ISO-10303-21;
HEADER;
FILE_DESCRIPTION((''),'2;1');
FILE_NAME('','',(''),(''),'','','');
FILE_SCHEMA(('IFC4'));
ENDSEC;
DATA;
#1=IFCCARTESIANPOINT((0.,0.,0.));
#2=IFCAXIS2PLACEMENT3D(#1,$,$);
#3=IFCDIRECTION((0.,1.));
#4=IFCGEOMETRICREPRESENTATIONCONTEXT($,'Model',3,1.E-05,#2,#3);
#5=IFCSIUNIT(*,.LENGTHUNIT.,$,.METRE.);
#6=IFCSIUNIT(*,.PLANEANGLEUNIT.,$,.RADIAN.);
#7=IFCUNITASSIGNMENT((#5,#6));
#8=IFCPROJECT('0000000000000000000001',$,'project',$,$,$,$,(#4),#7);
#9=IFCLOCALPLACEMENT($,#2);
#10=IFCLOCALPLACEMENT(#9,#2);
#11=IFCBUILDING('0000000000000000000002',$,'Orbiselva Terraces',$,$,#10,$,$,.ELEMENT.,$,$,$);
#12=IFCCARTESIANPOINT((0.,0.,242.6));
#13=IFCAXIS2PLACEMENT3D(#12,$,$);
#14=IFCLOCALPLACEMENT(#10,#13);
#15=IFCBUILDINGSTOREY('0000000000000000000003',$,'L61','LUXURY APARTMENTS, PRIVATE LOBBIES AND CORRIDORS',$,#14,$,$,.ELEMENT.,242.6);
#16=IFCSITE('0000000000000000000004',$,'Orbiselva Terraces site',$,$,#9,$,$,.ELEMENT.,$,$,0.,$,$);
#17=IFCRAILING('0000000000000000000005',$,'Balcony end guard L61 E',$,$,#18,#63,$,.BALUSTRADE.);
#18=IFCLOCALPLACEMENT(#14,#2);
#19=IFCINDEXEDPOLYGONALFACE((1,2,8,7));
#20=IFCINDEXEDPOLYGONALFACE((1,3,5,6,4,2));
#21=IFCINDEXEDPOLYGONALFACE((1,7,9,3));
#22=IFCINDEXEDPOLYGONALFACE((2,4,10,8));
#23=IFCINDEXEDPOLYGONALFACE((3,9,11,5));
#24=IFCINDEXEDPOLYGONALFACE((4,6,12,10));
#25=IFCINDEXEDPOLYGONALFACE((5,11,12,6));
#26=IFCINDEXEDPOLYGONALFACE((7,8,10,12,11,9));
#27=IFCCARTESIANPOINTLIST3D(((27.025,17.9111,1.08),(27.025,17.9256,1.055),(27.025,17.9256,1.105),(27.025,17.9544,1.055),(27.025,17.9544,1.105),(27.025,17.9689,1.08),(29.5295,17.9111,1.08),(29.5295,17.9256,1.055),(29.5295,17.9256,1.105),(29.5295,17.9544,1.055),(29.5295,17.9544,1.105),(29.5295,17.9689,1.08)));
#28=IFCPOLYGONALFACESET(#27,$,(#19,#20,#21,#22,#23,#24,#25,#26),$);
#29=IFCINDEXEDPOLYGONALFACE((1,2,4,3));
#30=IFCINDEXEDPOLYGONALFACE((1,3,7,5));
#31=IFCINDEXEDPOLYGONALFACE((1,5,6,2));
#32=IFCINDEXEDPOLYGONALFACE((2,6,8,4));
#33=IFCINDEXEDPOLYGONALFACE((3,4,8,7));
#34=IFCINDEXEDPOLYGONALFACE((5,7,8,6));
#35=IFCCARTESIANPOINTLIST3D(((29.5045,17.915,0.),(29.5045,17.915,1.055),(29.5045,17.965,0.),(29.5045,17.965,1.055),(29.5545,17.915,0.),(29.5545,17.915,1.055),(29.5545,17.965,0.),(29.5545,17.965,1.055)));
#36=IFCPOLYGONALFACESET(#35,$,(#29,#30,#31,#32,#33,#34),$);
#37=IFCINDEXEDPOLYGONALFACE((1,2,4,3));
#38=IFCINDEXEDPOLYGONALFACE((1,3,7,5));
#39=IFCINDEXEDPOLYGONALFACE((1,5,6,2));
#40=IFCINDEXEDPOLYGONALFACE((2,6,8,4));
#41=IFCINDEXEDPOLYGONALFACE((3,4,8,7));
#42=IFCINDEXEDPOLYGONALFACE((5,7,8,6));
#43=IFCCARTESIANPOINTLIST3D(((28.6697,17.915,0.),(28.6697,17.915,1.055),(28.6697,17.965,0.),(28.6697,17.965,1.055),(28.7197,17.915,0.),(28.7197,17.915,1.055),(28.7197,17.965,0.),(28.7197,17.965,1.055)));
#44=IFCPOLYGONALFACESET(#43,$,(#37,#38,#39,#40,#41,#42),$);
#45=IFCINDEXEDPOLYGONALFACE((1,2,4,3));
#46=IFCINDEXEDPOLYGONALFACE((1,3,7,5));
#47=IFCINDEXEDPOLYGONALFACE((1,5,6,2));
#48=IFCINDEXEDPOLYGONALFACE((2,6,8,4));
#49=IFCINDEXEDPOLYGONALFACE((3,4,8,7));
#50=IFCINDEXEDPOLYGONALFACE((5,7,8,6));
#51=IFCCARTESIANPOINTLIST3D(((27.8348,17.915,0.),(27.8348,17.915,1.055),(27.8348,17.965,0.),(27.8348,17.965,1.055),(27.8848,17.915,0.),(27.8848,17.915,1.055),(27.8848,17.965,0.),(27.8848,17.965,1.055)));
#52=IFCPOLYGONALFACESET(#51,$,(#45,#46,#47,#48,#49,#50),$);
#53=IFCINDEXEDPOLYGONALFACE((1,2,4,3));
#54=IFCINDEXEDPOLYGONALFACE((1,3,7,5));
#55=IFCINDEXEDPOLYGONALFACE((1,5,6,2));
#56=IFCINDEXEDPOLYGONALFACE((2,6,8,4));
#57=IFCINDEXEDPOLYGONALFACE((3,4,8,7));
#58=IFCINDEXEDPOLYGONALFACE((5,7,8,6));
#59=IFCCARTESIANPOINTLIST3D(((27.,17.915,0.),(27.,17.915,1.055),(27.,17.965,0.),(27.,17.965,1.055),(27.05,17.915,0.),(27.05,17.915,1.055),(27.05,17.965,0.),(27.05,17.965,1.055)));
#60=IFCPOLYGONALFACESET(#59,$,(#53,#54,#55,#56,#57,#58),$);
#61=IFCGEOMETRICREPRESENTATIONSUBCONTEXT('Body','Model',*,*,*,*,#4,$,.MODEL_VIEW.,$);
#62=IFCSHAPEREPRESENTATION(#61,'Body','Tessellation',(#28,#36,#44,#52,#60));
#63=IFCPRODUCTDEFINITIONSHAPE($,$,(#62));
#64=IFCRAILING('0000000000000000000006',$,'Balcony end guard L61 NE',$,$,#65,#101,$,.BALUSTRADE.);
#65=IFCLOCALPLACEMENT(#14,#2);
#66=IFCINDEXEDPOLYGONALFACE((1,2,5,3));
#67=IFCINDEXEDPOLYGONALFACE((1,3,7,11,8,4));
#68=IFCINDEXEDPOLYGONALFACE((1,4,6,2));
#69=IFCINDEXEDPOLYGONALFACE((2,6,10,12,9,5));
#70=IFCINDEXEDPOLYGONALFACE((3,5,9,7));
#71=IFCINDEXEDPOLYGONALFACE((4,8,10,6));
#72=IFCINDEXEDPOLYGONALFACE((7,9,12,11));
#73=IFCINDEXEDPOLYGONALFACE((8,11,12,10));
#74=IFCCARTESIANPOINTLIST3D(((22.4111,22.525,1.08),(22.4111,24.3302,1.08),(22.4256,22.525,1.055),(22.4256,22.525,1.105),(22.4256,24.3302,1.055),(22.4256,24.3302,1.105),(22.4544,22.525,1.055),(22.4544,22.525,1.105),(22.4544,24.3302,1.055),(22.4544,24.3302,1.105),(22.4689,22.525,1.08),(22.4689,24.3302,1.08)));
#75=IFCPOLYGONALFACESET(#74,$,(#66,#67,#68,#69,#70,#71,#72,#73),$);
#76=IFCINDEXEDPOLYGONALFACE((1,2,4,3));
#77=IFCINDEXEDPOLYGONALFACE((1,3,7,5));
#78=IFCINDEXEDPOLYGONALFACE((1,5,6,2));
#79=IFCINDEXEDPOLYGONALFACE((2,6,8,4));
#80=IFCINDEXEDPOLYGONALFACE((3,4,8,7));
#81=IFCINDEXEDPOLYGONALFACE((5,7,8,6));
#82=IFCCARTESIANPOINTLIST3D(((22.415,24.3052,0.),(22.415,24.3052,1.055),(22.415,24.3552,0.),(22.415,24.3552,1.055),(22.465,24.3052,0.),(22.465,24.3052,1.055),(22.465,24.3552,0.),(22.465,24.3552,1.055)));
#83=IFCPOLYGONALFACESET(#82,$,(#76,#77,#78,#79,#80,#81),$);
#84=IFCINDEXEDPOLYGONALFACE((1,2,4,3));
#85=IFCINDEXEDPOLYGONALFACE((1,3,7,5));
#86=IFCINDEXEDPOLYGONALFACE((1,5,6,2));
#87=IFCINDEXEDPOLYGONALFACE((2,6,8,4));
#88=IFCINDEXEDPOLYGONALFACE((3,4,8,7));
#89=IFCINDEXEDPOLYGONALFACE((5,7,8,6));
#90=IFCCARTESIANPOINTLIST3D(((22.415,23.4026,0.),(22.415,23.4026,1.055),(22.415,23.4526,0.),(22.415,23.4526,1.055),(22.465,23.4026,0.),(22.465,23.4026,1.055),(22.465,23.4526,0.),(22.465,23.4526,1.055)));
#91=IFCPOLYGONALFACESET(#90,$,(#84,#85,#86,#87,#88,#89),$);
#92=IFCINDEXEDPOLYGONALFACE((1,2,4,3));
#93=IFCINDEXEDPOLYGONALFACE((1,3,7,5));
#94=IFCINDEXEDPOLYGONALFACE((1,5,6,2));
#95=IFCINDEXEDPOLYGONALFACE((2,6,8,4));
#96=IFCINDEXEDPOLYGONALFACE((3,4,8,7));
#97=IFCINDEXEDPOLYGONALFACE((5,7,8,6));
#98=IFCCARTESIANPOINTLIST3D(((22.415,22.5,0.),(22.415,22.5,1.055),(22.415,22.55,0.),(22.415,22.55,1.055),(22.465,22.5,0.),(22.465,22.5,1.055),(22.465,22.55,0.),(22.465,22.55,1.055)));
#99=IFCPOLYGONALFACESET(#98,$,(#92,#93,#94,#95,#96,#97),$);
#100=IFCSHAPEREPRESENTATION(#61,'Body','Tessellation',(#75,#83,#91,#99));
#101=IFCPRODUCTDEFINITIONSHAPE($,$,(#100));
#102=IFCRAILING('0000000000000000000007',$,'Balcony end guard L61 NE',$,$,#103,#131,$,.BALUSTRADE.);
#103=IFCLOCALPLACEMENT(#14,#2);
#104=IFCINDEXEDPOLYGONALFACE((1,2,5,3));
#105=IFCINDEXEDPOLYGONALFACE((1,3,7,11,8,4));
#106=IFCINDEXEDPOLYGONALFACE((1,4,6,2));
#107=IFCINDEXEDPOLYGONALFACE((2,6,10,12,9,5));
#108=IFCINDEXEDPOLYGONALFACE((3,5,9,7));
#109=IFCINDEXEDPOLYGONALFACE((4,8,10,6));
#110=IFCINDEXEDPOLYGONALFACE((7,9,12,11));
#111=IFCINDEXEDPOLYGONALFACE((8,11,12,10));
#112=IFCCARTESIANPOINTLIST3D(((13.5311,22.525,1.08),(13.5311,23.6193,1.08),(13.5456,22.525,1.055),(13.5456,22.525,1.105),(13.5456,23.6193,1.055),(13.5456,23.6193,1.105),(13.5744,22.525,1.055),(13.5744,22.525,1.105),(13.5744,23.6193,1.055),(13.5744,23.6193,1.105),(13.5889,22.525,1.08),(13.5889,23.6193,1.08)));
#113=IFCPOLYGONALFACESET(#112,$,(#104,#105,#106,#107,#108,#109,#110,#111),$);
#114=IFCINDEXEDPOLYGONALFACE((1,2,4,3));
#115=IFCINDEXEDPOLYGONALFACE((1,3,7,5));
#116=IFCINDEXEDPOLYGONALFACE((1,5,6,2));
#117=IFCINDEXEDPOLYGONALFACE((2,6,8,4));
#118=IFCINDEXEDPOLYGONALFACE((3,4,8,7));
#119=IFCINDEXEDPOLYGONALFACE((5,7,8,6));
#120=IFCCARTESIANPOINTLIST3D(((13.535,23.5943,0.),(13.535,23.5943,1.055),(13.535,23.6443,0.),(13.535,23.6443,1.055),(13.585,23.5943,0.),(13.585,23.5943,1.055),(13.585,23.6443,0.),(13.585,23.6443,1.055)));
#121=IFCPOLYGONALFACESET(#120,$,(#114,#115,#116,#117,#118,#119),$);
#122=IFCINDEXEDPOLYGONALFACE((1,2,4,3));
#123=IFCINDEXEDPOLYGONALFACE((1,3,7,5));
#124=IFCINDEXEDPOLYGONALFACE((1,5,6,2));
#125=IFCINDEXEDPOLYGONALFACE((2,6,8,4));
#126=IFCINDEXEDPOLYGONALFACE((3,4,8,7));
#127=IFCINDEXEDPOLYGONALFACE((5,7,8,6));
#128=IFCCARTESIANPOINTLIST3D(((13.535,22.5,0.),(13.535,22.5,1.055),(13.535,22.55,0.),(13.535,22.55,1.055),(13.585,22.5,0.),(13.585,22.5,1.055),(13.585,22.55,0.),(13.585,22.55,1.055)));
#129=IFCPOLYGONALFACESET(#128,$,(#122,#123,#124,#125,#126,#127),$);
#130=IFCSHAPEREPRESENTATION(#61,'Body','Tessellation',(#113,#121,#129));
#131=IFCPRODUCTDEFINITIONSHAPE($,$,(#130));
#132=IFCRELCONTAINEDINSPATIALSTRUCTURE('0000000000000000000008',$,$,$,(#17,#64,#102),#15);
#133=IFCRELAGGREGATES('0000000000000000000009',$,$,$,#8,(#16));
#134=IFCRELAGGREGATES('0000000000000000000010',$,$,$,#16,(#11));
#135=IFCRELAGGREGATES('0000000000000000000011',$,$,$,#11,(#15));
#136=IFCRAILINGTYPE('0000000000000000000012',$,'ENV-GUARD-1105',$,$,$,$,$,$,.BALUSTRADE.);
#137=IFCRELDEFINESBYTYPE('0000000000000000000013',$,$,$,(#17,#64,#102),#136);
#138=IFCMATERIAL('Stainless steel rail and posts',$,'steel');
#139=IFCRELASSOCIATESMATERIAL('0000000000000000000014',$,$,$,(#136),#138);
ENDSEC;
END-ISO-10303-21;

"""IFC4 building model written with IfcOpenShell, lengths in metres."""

from ifc_helpers import new_model, si_unit, direction, frame, origin, origin_2d, place, context, subcontext, project, spatial, polyline, rectangle, outline, extrude, material, type_object, element, save


model = new_model("IFC4")

# Units and contexts
model_context = context("Model", 3, precision=1e-05, world=origin(), true_north=direction((0.0, 1.0)))
body_context = subcontext(model_context, "Body", "Model", "MODEL_VIEW")
ifc_project = project(units=[si_unit("LENGTHUNIT", "METRE"), si_unit("PLANEANGLEUNIT", "RADIAN")], contexts=[model_context])

# Site, building, storey
site_placement = place(None, origin())
site = spatial("IfcSite", under=ifc_project, at=site_placement, Name="Orbiselva Terraces site", CompositionType="ELEMENT", RefElevation=0.0)
building_placement = place(site_placement, origin())
building = spatial("IfcBuilding", under=site, at=building_placement, Name="Orbiselva Terraces", CompositionType="ELEMENT")
storey_placement = place(building_placement, frame((0.0, 0.0, 242.6)))
storey = spatial("IfcBuildingStorey", under=building, at=storey_placement, Name="L61", Description="LUXURY APARTMENTS, PRIVATE LOBBIES AND CORRIDORS", CompositionType="ELEMENT", Elevation=242.6)

# Railings
ifc_material_1 = material(Name="Stainless steel rail and posts", Category="steel")
railing_type_1 = type_object("IfcRailingType", Name="ENV-GUARD-1105", PredefinedType="BALUSTRADE", material=ifc_material_1)
railing_1_placement = place(storey_placement, frame((29.5295, 17.94, 0.0)))
element("IfcRailing", 1, at=railing_1_placement, inside=storey, type_object=railing_type_1, Name="Balcony end guard L61 E", PredefinedType="BALUSTRADE", context=body_context, shape_type="SweptSolid", body=[
    extrude(outline(polyline([(0.0289, 0.0), (0.0144, 0.025), (-0.0144, 0.025), (-0.0289, 0.0), (-0.0144, -0.025), (0.0144, -0.025), (0.0289, 0.0)])), frame((0.0, 0.0, 1.08), z_axis=(-1.0, 0.0, 0.0), x_axis=(0.0, -1.0, 0.0)), (0.0, 0.0, 1.0), 2.5045),
    extrude(rectangle(XDim=0.05, YDim=0.05, at=origin_2d()), origin(), (0.0, 0.0, 1.0), 1.055),
    extrude(rectangle(XDim=0.05, YDim=0.05, at=origin_2d()), frame((-0.8348, 0.0, 0.0)), (0.0, 0.0, 1.0), 1.055),
    extrude(rectangle(XDim=0.05, YDim=0.05, at=origin_2d()), frame((-1.6697, 0.0, 0.0)), (0.0, 0.0, 1.0), 1.055),
    extrude(rectangle(XDim=0.05, YDim=0.05, at=origin_2d()), frame((-2.5045, 0.0, 0.0)), (0.0, 0.0, 1.0), 1.055),
])
railing_2_placement = place(storey_placement, frame((22.44, 24.3302, 0.0)))
element("IfcRailing", 2, at=railing_2_placement, inside=storey, type_object=railing_type_1, Name="Balcony end guard L61 NE", PredefinedType="BALUSTRADE", context=body_context, shape_type="SweptSolid", body=[
    extrude(outline(polyline([(0.0289, 0.0), (0.0144, 0.025), (-0.0144, 0.025), (-0.0289, 0.0), (-0.0144, -0.025), (0.0144, -0.025), (0.0289, 0.0)])), frame((0.0, 0.0, 1.08), z_axis=(0.0, -1.0, 0.0), x_axis=(1.0, 0.0, 0.0)), (0.0, 0.0, 1.0), 1.8052),
    extrude(rectangle(XDim=0.05, YDim=0.05, at=origin_2d()), origin(), (0.0, 0.0, 1.0), 1.055),
    extrude(rectangle(XDim=0.05, YDim=0.05, at=origin_2d()), frame((0.0, -0.9026, 0.0)), (0.0, 0.0, 1.0), 1.055),
    extrude(rectangle(XDim=0.05, YDim=0.05, at=origin_2d()), frame((0.0, -1.8052, 0.0)), (0.0, 0.0, 1.0), 1.055),
])
railing_3_placement = place(storey_placement, frame((13.56, 23.6193, 0.0)))
element("IfcRailing", 3, at=railing_3_placement, inside=storey, type_object=railing_type_1, Name="Balcony end guard L61 NE", PredefinedType="BALUSTRADE", context=body_context, shape_type="SweptSolid", body=[
    extrude(outline(polyline([(0.0289, 0.0), (0.0144, 0.025), (-0.0144, 0.025), (-0.0289, 0.0), (-0.0144, -0.025), (0.0144, -0.025), (0.0289, 0.0)])), frame((0.0, 0.0, 1.08), z_axis=(0.0, -1.0, 0.0), x_axis=(1.0, 0.0, 0.0)), (0.0, 0.0, 1.0), 1.0943),
    extrude(rectangle(XDim=0.05, YDim=0.05, at=origin_2d()), origin(), (0.0, 0.0, 1.0), 1.055),
    extrude(rectangle(XDim=0.05, YDim=0.05, at=origin_2d()), frame((0.0, -1.0943, 0.0)), (0.0, 0.0, 1.0), 1.055),
])

save(model, "model.ifc")
